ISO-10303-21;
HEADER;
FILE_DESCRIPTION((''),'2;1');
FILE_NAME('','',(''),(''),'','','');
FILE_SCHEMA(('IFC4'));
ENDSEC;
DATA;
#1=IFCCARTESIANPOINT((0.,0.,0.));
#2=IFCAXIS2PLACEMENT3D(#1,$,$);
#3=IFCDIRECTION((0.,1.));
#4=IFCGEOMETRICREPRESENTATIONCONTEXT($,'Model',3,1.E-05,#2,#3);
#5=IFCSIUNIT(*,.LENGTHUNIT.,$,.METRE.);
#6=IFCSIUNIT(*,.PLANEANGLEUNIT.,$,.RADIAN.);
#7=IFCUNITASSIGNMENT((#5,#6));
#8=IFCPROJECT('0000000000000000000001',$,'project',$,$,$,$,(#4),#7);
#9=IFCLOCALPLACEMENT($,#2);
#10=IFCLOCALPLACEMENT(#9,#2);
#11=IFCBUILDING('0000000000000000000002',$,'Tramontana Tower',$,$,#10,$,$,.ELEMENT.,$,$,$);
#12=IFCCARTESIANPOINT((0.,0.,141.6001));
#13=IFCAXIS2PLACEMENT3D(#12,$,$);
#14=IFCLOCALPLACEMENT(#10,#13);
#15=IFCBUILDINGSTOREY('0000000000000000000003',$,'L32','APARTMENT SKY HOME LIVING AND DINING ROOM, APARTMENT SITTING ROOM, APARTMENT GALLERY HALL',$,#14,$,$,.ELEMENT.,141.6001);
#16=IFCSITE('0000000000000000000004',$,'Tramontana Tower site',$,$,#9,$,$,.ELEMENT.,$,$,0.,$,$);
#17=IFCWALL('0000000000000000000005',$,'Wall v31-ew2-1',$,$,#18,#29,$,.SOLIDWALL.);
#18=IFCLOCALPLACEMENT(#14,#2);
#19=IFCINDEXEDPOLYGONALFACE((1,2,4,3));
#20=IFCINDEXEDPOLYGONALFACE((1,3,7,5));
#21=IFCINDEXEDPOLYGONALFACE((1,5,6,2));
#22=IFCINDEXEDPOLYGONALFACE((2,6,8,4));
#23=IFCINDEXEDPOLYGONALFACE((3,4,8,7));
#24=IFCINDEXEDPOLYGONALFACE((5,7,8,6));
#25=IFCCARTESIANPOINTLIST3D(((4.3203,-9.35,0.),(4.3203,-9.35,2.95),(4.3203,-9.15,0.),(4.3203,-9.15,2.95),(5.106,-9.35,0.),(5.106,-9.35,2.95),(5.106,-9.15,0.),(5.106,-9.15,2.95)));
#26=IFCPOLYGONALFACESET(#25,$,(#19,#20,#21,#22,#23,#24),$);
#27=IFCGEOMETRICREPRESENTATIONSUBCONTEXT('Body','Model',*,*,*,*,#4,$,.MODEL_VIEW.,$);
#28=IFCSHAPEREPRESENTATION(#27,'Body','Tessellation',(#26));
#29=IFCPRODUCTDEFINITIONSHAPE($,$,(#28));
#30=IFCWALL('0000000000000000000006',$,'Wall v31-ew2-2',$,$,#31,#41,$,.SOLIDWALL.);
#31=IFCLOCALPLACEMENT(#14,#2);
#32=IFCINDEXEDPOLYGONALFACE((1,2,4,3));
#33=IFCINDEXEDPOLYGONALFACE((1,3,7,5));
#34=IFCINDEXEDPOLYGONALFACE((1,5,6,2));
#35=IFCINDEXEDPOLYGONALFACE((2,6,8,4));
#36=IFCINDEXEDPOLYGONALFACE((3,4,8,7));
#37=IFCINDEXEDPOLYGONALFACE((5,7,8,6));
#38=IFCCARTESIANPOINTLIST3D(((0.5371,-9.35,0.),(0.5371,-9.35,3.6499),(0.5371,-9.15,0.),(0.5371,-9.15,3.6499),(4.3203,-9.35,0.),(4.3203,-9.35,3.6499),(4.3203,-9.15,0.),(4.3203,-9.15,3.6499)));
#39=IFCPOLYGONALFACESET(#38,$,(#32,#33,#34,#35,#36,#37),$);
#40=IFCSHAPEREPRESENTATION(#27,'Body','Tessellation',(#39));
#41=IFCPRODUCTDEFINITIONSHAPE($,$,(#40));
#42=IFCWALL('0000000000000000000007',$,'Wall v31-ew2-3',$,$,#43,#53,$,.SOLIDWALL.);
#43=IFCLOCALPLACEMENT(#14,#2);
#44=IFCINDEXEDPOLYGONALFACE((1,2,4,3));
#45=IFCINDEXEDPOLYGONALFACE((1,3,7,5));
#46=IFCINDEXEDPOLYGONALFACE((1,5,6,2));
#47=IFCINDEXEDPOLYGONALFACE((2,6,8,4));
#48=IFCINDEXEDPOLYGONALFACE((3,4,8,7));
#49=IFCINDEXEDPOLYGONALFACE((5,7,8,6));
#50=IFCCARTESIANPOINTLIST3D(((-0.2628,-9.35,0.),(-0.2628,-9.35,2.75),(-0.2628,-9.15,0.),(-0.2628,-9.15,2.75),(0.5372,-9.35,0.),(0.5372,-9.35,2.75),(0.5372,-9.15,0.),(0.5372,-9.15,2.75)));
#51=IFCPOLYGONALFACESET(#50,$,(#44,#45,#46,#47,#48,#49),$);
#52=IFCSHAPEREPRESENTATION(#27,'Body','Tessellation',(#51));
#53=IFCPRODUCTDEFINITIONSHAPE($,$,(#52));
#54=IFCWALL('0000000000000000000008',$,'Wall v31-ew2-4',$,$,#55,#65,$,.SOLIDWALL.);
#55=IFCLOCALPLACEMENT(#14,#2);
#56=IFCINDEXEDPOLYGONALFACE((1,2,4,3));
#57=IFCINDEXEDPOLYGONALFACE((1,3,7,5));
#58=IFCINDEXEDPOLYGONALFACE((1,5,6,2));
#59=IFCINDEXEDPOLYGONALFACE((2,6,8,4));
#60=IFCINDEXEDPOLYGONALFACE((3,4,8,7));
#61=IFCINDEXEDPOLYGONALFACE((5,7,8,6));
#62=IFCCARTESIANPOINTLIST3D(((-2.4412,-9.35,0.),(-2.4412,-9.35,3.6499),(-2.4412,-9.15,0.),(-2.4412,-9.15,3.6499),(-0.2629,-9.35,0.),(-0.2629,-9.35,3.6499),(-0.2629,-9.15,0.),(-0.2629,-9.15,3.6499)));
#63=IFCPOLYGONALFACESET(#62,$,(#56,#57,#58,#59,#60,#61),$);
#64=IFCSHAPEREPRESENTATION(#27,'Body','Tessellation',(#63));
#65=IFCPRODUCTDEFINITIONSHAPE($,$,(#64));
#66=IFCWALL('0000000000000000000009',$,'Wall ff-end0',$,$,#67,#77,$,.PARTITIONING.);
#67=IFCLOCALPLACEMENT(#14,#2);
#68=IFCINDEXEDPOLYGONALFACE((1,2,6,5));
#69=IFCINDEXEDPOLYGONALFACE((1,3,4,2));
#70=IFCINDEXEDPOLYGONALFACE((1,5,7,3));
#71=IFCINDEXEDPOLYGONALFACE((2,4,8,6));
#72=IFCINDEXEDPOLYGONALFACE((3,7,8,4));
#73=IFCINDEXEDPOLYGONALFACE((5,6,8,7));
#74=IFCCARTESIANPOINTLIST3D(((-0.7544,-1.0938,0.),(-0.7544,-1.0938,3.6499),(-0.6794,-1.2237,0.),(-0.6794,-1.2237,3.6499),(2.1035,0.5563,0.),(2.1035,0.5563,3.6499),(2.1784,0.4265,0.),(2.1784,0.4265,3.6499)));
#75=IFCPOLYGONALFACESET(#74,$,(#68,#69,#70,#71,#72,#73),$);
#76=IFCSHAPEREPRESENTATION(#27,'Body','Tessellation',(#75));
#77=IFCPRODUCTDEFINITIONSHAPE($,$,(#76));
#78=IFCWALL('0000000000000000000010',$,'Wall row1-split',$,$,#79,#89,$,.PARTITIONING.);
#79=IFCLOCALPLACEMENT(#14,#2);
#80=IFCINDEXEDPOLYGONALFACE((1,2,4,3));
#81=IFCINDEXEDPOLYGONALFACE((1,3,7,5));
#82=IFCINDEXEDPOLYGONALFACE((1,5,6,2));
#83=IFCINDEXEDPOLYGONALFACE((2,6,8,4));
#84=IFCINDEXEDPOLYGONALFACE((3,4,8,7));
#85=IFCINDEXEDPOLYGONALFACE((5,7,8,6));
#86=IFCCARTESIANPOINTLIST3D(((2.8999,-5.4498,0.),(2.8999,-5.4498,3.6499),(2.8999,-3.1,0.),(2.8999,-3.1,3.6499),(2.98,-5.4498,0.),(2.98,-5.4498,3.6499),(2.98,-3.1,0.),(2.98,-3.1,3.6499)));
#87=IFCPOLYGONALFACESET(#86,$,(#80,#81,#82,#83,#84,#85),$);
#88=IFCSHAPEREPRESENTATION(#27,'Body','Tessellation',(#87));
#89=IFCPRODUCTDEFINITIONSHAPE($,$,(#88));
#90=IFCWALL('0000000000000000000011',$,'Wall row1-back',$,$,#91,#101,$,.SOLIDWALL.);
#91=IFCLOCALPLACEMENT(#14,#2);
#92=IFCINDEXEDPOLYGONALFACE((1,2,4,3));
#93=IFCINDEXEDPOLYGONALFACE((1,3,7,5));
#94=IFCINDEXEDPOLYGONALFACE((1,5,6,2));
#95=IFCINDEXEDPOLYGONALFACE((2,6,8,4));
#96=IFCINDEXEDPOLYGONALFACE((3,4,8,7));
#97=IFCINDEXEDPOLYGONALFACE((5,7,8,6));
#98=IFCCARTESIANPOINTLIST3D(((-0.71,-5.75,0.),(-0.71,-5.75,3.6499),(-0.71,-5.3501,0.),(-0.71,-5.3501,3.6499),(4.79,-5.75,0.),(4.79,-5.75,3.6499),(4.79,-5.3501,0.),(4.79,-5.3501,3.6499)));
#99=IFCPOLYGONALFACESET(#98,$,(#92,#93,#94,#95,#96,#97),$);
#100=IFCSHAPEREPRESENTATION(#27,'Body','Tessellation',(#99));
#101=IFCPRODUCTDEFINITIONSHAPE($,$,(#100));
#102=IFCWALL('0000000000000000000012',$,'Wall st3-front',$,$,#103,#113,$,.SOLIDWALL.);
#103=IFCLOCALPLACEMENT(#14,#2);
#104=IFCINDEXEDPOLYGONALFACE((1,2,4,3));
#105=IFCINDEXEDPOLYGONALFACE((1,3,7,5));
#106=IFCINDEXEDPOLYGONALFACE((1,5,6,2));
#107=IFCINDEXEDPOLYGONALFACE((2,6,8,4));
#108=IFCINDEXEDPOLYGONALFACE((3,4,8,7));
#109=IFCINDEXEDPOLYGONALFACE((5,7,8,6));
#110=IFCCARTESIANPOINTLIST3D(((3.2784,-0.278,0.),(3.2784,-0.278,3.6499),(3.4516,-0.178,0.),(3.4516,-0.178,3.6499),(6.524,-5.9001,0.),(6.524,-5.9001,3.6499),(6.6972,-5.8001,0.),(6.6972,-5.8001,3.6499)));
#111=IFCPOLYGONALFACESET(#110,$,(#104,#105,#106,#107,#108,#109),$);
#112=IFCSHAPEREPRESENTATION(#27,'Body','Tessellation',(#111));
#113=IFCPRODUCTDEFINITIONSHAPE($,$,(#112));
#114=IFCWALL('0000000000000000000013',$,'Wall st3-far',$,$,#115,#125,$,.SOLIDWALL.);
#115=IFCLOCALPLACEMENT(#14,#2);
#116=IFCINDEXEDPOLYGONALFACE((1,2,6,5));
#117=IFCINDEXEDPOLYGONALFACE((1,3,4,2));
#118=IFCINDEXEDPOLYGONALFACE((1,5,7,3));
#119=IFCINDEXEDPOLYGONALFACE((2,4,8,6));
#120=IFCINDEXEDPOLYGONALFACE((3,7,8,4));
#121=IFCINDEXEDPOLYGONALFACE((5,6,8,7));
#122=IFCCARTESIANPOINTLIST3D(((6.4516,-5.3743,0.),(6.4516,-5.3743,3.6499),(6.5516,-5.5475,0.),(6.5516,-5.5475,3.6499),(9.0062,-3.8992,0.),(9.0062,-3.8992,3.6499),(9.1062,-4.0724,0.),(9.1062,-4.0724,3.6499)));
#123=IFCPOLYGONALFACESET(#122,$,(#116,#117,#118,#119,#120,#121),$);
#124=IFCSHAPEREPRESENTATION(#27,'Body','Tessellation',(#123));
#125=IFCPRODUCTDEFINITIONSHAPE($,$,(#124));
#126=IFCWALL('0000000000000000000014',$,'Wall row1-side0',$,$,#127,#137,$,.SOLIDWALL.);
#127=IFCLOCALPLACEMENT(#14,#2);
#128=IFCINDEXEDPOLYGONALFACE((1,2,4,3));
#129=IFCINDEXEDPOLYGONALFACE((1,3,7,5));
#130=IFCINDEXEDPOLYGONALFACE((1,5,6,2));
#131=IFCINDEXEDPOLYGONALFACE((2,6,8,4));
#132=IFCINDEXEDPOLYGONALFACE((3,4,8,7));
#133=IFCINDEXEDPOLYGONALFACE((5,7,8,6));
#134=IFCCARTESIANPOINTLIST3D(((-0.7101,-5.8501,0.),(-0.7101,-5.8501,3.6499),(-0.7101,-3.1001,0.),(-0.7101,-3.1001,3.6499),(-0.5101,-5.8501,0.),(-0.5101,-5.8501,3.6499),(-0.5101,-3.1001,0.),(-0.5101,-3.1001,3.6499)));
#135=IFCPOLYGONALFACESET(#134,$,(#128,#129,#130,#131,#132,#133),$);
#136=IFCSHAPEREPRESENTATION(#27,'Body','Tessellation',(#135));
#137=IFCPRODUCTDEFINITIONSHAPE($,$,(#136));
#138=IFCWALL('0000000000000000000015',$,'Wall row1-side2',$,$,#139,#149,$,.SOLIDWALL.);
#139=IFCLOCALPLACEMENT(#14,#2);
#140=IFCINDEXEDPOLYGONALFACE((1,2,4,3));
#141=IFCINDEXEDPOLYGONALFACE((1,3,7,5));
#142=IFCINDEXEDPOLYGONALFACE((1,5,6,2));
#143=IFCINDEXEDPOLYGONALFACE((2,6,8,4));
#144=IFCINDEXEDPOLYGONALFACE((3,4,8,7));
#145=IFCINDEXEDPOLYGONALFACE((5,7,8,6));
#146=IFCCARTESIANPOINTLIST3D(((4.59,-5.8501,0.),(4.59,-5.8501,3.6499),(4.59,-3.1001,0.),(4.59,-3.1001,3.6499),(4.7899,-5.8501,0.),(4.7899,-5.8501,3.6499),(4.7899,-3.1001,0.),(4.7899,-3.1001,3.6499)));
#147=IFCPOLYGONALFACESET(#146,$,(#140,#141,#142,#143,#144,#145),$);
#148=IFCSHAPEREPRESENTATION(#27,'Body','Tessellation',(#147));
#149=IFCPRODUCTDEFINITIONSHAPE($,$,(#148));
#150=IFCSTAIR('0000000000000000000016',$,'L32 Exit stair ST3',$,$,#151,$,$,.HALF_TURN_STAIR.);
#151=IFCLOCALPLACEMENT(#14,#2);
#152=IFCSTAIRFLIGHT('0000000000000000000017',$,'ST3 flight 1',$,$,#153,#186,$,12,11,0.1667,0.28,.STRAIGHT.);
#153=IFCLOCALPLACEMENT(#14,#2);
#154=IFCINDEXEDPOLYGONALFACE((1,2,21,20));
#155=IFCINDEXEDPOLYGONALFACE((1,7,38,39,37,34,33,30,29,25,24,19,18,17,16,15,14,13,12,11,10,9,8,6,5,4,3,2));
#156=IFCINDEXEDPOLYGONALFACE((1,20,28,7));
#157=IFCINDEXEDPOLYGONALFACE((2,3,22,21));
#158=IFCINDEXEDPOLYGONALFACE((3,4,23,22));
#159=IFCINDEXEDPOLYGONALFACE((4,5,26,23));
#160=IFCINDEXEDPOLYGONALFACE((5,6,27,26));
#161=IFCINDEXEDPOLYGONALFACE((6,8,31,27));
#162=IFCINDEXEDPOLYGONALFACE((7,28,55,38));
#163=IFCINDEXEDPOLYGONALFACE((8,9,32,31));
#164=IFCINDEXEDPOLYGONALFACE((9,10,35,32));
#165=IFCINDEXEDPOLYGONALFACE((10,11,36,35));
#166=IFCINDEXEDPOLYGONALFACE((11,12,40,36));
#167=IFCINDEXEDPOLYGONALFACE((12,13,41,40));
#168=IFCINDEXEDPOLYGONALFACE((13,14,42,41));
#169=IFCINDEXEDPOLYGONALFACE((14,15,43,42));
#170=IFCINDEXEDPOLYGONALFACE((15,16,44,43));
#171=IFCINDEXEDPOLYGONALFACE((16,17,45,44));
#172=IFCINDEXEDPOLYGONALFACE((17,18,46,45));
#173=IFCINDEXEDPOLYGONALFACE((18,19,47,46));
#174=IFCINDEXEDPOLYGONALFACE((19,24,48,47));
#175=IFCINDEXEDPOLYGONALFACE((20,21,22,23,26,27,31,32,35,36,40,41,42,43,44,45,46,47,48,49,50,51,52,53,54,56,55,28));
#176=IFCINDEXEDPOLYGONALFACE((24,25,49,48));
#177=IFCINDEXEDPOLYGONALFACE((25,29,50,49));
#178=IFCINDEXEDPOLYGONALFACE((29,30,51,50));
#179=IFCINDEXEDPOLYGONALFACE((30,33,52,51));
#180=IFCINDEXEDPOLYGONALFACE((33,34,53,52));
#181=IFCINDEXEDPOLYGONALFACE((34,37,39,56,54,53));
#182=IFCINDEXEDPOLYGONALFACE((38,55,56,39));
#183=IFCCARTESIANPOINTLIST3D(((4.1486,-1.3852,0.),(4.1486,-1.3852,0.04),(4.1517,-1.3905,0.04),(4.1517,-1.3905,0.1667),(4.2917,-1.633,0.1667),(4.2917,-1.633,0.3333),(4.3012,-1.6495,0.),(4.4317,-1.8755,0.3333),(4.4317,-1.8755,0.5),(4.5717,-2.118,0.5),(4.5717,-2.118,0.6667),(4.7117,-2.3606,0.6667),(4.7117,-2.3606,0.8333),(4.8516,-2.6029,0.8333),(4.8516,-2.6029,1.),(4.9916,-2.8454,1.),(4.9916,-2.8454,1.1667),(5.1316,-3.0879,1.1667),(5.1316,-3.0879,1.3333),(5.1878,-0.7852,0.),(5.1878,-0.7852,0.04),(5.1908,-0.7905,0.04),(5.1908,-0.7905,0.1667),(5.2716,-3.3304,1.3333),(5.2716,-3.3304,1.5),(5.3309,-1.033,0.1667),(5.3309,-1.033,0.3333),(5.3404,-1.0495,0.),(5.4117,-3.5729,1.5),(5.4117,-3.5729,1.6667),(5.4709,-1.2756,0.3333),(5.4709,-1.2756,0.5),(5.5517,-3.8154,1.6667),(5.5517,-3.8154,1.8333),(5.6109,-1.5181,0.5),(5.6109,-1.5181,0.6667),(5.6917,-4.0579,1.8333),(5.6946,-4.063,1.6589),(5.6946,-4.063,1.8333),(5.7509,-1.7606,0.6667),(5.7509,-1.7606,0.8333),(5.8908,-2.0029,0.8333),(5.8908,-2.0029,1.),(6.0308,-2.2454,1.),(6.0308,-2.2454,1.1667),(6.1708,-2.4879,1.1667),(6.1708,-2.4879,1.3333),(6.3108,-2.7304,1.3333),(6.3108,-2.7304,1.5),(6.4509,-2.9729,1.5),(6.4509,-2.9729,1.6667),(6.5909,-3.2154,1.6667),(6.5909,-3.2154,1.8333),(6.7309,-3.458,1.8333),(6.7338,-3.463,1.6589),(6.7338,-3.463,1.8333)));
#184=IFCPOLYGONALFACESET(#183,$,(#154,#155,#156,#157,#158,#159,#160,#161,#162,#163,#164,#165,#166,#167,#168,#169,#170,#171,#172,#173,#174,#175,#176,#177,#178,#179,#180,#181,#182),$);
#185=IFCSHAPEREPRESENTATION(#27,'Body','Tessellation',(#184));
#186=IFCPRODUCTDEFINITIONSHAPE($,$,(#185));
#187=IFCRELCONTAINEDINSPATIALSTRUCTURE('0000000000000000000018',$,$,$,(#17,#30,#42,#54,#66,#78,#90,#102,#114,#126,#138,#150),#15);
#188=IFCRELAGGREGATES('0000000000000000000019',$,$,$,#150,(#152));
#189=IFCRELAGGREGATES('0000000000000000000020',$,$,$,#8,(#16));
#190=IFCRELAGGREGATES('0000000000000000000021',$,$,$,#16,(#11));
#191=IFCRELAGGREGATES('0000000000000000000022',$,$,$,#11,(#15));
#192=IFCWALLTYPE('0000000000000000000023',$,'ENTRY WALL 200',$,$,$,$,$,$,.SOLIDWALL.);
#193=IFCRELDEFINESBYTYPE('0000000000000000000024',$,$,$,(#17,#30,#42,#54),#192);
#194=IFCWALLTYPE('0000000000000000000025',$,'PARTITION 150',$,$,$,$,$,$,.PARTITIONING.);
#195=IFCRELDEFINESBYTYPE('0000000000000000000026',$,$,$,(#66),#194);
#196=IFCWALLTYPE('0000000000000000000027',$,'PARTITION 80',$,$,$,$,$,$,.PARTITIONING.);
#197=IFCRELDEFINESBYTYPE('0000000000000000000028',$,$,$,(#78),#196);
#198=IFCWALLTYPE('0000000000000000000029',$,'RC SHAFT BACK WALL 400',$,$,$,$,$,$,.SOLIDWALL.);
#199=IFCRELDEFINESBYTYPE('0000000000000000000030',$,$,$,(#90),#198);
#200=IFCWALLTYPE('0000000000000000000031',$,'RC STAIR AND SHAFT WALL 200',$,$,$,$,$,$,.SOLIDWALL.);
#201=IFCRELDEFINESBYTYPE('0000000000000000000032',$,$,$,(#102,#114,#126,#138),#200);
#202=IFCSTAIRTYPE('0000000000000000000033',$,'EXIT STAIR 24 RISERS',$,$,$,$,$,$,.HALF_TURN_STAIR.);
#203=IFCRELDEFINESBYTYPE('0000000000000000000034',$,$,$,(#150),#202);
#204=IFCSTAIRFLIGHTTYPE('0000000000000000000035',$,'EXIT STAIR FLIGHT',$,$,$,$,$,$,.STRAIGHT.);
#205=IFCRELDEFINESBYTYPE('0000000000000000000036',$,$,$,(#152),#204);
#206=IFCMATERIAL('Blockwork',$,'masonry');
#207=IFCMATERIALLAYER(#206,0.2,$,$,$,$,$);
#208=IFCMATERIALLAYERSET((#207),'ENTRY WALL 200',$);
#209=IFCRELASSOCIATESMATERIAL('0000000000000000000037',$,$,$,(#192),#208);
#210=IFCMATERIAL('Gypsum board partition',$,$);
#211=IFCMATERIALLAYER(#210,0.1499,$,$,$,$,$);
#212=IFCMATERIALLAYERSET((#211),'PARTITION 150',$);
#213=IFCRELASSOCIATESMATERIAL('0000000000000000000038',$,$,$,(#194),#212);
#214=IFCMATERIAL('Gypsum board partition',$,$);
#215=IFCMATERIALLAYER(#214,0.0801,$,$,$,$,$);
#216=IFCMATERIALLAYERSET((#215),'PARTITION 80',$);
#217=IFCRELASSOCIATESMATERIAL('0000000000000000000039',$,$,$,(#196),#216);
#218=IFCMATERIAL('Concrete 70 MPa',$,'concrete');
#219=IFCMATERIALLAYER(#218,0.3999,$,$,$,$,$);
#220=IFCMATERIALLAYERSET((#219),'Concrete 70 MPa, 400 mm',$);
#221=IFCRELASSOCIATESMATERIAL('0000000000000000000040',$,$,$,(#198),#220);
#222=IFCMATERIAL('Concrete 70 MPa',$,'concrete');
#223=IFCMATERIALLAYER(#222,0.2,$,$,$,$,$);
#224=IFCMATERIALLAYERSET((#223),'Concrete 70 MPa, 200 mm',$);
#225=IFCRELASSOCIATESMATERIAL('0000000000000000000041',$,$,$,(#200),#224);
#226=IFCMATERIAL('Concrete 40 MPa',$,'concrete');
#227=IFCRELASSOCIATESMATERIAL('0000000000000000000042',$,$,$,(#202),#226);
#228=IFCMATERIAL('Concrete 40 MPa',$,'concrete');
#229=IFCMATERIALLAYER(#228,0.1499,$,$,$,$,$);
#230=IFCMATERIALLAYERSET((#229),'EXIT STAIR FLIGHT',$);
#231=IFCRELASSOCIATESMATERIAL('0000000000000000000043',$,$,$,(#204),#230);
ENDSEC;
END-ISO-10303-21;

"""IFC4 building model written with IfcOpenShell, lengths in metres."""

from ifc_helpers import new_model, si_unit, direction, frame, frame_2d, origin, place, context, subcontext, project, spatial, polyline, rectangle, outline, extrude, material, layer, layer_set, type_object, element, aggregate, save


model = new_model("IFC4")

# Units and contexts
model_context = context("Model", 3, precision=1e-05, world=origin(), true_north=direction((0.0, 1.0)))
body_context = subcontext(model_context, "Body", "Model", "MODEL_VIEW")
ifc_project = project(units=[si_unit("LENGTHUNIT", "METRE"), si_unit("PLANEANGLEUNIT", "RADIAN")], contexts=[model_context])

# Site, building, storey
site_placement = place(None, origin())
site = spatial("IfcSite", under=ifc_project, at=site_placement, Name="Tramontana Tower site", CompositionType="ELEMENT", RefElevation=0.0)
building_placement = place(site_placement, origin())
building = spatial("IfcBuilding", under=site, at=building_placement, Name="Tramontana Tower", CompositionType="ELEMENT")
storey_placement = place(building_placement, frame((0.0, 0.0, 141.6001)))
storey = spatial("IfcBuildingStorey", under=building, at=storey_placement, Name="L32", Description="APARTMENT SKY HOME LIVING AND DINING ROOM, APARTMENT SITTING ROOM, APARTMENT GALLERY HALL", CompositionType="ELEMENT", Elevation=141.6001)

# Walls
ifc_material_1 = material(Name="Blockwork", Category="masonry")
ifc_layer_1 = layer(ifc_material_1, 0.2)
ifc_layer_set_1 = layer_set([ifc_layer_1], Name="ENTRY WALL 200")
wall_type_1 = type_object("IfcWallType", Name="ENTRY WALL 200", PredefinedType="SOLIDWALL", material=ifc_layer_set_1)
wall_1_placement = place(storey_placement, frame((5.106, -9.25, 0.0), z_axis=(0.0, 0.0, 1.0), x_axis=(-1.0, 0.0, 0.0)))
element("IfcWall", 1, at=wall_1_placement, inside=storey, type_object=wall_type_1, Name="Wall v31-ew2-1", PredefinedType="SOLIDWALL", context=body_context, shape_type="SweptSolid", body=[
    extrude(rectangle(XDim=0.7856, YDim=0.2, at=frame_2d((0.3928, 0.0))), origin(), (0.0, 0.0, 1.0), 2.95),
])
wall_2_placement = place(storey_placement, frame((4.3203, -9.25, 0.0), z_axis=(0.0, 0.0, 1.0), x_axis=(-1.0, 0.0, 0.0)))
element("IfcWall", 2, at=wall_2_placement, inside=storey, type_object=wall_type_1, Name="Wall v31-ew2-2", PredefinedType="SOLIDWALL", context=body_context, shape_type="SweptSolid", body=[
    extrude(rectangle(XDim=3.7832, YDim=0.2, at=frame_2d((1.8916, 0.0))), origin(), (0.0, 0.0, 1.0), 3.6499),
])
wall_3_placement = place(storey_placement, frame((0.5371, -9.25, 0.0), z_axis=(0.0, 0.0, 1.0), x_axis=(-1.0, 0.0, 0.0)))
element("IfcWall", 3, at=wall_3_placement, inside=storey, type_object=wall_type_1, Name="Wall v31-ew2-3", PredefinedType="SOLIDWALL", context=body_context, shape_type="SweptSolid", body=[
    extrude(rectangle(XDim=0.8, YDim=0.2, at=frame_2d((0.3999, 0.0))), origin(), (0.0, 0.0, 1.0), 2.75),
])
wall_4_placement = place(storey_placement, frame((-0.2629, -9.25, 0.0), z_axis=(0.0, 0.0, 1.0), x_axis=(-1.0, 0.0, 0.0)))
element("IfcWall", 4, at=wall_4_placement, inside=storey, type_object=wall_type_1, Name="Wall v31-ew2-4", PredefinedType="SOLIDWALL", context=body_context, shape_type="SweptSolid", body=[
    extrude(rectangle(XDim=2.1782, YDim=0.2, at=frame_2d((1.0891, 0.0))), origin(), (0.0, 0.0, 1.0), 3.6499),
])

# Shared definitions
ifc_material_2 = material(Name="Gypsum board partition")
ifc_layer_2 = layer(ifc_material_2, 0.1499)
ifc_layer_set_2 = layer_set([ifc_layer_2], Name="PARTITION 150")
wall_type_2 = type_object("IfcWallType", Name="PARTITION 150", PredefinedType="PARTITIONING", material=ifc_layer_set_2)

# Walls
wall_5_placement = place(storey_placement, frame((-0.7168, -1.1587, 0.0), z_axis=(0.0, 0.0, 1.0), x_axis=(0.866008, 0.50003, 0.0)))
element("IfcWall", 5, at=wall_5_placement, inside=storey, type_object=wall_type_2, Name="Wall ff-end0", PredefinedType="PARTITIONING", context=body_context, shape_type="SweptSolid", body=[
    extrude(rectangle(XDim=3.3, YDim=0.1499, at=frame_2d((1.6499, 0.0))), origin(), (0.0, 0.0, 1.0), 3.6499),
])
ifc_material_3 = material(Name="Gypsum board partition")
ifc_layer_3 = layer(ifc_material_3, 0.0801)
ifc_layer_set_3 = layer_set([ifc_layer_3], Name="PARTITION 80")
wall_type_3 = type_object("IfcWallType", Name="PARTITION 80", PredefinedType="PARTITIONING", material=ifc_layer_set_3)
wall_6_placement = place(storey_placement, frame((2.9399, -3.1001, 0.0), z_axis=(0.0, 0.0, 1.0), x_axis=(0.0, -1.0, 0.0)))
element("IfcWall", 6, at=wall_6_placement, inside=storey, type_object=wall_type_3, Name="Wall row1-split", PredefinedType="PARTITIONING", context=body_context, shape_type="SweptSolid", body=[
    extrude(rectangle(XDim=2.3499, YDim=0.0801, at=frame_2d((1.1748, 0.0))), origin(), (0.0, 0.0, 1.0), 3.6499),
])
ifc_material_4 = material(Name="Concrete 70 MPa", Category="concrete")
ifc_layer_4 = layer(ifc_material_4, 0.3999)
ifc_layer_set_4 = layer_set([ifc_layer_4], Name="Concrete 70 MPa, 400 mm")
wall_type_4 = type_object("IfcWallType", Name="RC SHAFT BACK WALL 400", PredefinedType="SOLIDWALL", material=ifc_layer_set_4)
wall_7_placement = place(storey_placement, frame((-0.71, -5.55, 0.0), z_axis=(0.0, 0.0, 1.0), x_axis=(1.0, 0.0, 0.0)))
element("IfcWall", 7, at=wall_7_placement, inside=storey, type_object=wall_type_4, Name="Wall row1-back", PredefinedType="SOLIDWALL", context=body_context, shape_type="SweptSolid", body=[
    extrude(rectangle(XDim=5.5, YDim=0.3999, at=frame_2d((2.75, 0.0))), origin(), (0.0, 0.0, 1.0), 3.6499),
])

# Shared definitions
ifc_material_5 = material(Name="Concrete 70 MPa", Category="concrete")
ifc_layer_5 = layer(ifc_material_5, 0.2)
ifc_layer_set_5 = layer_set([ifc_layer_5], Name="Concrete 70 MPa, 200 mm")
wall_type_5 = type_object("IfcWallType", Name="RC STAIR AND SHAFT WALL 200", PredefinedType="SOLIDWALL", material=ifc_layer_set_5)

# Walls
wall_8_placement = place(storey_placement, frame((6.6106, -5.8501, 0.0), z_axis=(0.0, 0.0, 1.0), x_axis=(-0.499966, 0.866045, 0.0)))
element("IfcWall", 8, at=wall_8_placement, inside=storey, type_object=wall_type_5, Name="Wall st3-front", PredefinedType="SOLIDWALL", context=body_context, shape_type="SweptSolid", body=[
    extrude(rectangle(XDim=6.4917, YDim=0.2, at=frame_2d((3.2458, 0.0))), origin(), (0.0, 0.0, 1.0), 3.6499),
])
wall_9_placement = place(storey_placement, frame((6.5015, -5.4609, 0.0), z_axis=(0.0, 0.0, 1.0), x_axis=(0.866004, 0.500038, 0.0)))
element("IfcWall", 9, at=wall_9_placement, inside=storey, type_object=wall_type_5, Name="Wall st3-far", PredefinedType="SOLIDWALL", context=body_context, shape_type="SweptSolid", body=[
    extrude(rectangle(XDim=2.95, YDim=0.2, at=frame_2d((1.4751, 0.0))), origin(), (0.0, 0.0, 1.0), 3.6499),
])

# Walls
for number, where, z_axis, x_axis, name in (
    (10, (-0.6101, -3.1001, 0.0), (0.0, 0.0, 1.0), (0.0, -1.0, 0.0), "Wall row1-side0"),
    (11, (4.6899, -3.1001, 0.0), (0.0, 0.0, 1.0), (0.0, -1.0, 0.0), "Wall row1-side2"),
):
    element("IfcWall", number, at=place(storey_placement, frame(where, z_axis=z_axis, x_axis=x_axis)), inside=storey, type_object=wall_type_5, Name=name, PredefinedType="SOLIDWALL", context=body_context, shape_type="SweptSolid", body=[
        extrude(rectangle(XDim=2.75, YDim=0.2, at=frame_2d((1.375, 0.0))), origin(), (0.0, 0.0, 1.0), 3.6499),
    ])

# Stair, stair flight
ifc_material_6 = material(Name="Concrete 40 MPa", Category="concrete")
stair_type = type_object("IfcStairType", Name="EXIT STAIR 24 RISERS", PredefinedType="HALF_TURN_STAIR", material=ifc_material_6)
stair_placement = place(storey_placement, origin())
stair = element("IfcStair", 12, at=stair_placement, inside=storey, type_object=stair_type, Name="L32 Exit stair ST3", PredefinedType="HALF_TURN_STAIR")
ifc_material_7 = material(Name="Concrete 40 MPa", Category="concrete")
ifc_layer_6 = layer(ifc_material_7, 0.1499)
ifc_layer_set_6 = layer_set([ifc_layer_6], Name="EXIT STAIR FLIGHT")
stair_flight_type = type_object("IfcStairFlightType", Name="EXIT STAIR FLIGHT", PredefinedType="STRAIGHT", material=ifc_layer_set_6)
stair_flight_1_placement = place(storey_placement, frame((4.6711, -1.0906, 0.0), z_axis=(0.0, 0.0, 1.0), x_axis=(0.5, -0.866025, 0.0)))
stair_flight_1 = element("IfcStairFlight", 13, at=stair_flight_1_placement, type_object=stair_flight_type, Name="ST3 flight 1", NumberOfRisers=12, NumberOfTreads=11, PredefinedType="STRAIGHT", RiserHeight=0.1667, TreadLength=0.28, context=body_context, shape_type="SweptSolid", body=[
    extrude(outline(polyline([(-0.0061, 0.0), (-0.0061, 0.04), (0.0, 0.04), (0.0, 0.1667), (0.28, 0.1667), (0.28, 0.3333), (0.5601, 0.3333), (0.5601, 0.5), (0.8401, 0.5), (0.8401, 0.6667), (1.1201, 0.6667), (1.1201, 0.8333), (1.3999, 0.8333), (1.3999, 1.0), (1.6799, 1.0), (1.6799, 1.1667), (1.96, 1.1667), (1.96, 1.3333), (2.24, 1.3333), (2.24, 1.5), (2.52, 1.5), (2.52, 1.6667), (2.8, 1.6667), (2.8, 1.8333), (3.0801, 1.8333), (3.0859, 1.8333), (3.0859, 1.6589), (0.2991, 0.0), (-0.0061, 0.0)])), frame((0.0, 0.6001, 0.0), z_axis=(0.0, -1.0, 0.0), x_axis=(1.0, 0.0, 0.0)), (0.0, 0.0, 1.0), 1.2),
])
aggregate(stair, [stair_flight_1])

save(model, "model.ifc")
